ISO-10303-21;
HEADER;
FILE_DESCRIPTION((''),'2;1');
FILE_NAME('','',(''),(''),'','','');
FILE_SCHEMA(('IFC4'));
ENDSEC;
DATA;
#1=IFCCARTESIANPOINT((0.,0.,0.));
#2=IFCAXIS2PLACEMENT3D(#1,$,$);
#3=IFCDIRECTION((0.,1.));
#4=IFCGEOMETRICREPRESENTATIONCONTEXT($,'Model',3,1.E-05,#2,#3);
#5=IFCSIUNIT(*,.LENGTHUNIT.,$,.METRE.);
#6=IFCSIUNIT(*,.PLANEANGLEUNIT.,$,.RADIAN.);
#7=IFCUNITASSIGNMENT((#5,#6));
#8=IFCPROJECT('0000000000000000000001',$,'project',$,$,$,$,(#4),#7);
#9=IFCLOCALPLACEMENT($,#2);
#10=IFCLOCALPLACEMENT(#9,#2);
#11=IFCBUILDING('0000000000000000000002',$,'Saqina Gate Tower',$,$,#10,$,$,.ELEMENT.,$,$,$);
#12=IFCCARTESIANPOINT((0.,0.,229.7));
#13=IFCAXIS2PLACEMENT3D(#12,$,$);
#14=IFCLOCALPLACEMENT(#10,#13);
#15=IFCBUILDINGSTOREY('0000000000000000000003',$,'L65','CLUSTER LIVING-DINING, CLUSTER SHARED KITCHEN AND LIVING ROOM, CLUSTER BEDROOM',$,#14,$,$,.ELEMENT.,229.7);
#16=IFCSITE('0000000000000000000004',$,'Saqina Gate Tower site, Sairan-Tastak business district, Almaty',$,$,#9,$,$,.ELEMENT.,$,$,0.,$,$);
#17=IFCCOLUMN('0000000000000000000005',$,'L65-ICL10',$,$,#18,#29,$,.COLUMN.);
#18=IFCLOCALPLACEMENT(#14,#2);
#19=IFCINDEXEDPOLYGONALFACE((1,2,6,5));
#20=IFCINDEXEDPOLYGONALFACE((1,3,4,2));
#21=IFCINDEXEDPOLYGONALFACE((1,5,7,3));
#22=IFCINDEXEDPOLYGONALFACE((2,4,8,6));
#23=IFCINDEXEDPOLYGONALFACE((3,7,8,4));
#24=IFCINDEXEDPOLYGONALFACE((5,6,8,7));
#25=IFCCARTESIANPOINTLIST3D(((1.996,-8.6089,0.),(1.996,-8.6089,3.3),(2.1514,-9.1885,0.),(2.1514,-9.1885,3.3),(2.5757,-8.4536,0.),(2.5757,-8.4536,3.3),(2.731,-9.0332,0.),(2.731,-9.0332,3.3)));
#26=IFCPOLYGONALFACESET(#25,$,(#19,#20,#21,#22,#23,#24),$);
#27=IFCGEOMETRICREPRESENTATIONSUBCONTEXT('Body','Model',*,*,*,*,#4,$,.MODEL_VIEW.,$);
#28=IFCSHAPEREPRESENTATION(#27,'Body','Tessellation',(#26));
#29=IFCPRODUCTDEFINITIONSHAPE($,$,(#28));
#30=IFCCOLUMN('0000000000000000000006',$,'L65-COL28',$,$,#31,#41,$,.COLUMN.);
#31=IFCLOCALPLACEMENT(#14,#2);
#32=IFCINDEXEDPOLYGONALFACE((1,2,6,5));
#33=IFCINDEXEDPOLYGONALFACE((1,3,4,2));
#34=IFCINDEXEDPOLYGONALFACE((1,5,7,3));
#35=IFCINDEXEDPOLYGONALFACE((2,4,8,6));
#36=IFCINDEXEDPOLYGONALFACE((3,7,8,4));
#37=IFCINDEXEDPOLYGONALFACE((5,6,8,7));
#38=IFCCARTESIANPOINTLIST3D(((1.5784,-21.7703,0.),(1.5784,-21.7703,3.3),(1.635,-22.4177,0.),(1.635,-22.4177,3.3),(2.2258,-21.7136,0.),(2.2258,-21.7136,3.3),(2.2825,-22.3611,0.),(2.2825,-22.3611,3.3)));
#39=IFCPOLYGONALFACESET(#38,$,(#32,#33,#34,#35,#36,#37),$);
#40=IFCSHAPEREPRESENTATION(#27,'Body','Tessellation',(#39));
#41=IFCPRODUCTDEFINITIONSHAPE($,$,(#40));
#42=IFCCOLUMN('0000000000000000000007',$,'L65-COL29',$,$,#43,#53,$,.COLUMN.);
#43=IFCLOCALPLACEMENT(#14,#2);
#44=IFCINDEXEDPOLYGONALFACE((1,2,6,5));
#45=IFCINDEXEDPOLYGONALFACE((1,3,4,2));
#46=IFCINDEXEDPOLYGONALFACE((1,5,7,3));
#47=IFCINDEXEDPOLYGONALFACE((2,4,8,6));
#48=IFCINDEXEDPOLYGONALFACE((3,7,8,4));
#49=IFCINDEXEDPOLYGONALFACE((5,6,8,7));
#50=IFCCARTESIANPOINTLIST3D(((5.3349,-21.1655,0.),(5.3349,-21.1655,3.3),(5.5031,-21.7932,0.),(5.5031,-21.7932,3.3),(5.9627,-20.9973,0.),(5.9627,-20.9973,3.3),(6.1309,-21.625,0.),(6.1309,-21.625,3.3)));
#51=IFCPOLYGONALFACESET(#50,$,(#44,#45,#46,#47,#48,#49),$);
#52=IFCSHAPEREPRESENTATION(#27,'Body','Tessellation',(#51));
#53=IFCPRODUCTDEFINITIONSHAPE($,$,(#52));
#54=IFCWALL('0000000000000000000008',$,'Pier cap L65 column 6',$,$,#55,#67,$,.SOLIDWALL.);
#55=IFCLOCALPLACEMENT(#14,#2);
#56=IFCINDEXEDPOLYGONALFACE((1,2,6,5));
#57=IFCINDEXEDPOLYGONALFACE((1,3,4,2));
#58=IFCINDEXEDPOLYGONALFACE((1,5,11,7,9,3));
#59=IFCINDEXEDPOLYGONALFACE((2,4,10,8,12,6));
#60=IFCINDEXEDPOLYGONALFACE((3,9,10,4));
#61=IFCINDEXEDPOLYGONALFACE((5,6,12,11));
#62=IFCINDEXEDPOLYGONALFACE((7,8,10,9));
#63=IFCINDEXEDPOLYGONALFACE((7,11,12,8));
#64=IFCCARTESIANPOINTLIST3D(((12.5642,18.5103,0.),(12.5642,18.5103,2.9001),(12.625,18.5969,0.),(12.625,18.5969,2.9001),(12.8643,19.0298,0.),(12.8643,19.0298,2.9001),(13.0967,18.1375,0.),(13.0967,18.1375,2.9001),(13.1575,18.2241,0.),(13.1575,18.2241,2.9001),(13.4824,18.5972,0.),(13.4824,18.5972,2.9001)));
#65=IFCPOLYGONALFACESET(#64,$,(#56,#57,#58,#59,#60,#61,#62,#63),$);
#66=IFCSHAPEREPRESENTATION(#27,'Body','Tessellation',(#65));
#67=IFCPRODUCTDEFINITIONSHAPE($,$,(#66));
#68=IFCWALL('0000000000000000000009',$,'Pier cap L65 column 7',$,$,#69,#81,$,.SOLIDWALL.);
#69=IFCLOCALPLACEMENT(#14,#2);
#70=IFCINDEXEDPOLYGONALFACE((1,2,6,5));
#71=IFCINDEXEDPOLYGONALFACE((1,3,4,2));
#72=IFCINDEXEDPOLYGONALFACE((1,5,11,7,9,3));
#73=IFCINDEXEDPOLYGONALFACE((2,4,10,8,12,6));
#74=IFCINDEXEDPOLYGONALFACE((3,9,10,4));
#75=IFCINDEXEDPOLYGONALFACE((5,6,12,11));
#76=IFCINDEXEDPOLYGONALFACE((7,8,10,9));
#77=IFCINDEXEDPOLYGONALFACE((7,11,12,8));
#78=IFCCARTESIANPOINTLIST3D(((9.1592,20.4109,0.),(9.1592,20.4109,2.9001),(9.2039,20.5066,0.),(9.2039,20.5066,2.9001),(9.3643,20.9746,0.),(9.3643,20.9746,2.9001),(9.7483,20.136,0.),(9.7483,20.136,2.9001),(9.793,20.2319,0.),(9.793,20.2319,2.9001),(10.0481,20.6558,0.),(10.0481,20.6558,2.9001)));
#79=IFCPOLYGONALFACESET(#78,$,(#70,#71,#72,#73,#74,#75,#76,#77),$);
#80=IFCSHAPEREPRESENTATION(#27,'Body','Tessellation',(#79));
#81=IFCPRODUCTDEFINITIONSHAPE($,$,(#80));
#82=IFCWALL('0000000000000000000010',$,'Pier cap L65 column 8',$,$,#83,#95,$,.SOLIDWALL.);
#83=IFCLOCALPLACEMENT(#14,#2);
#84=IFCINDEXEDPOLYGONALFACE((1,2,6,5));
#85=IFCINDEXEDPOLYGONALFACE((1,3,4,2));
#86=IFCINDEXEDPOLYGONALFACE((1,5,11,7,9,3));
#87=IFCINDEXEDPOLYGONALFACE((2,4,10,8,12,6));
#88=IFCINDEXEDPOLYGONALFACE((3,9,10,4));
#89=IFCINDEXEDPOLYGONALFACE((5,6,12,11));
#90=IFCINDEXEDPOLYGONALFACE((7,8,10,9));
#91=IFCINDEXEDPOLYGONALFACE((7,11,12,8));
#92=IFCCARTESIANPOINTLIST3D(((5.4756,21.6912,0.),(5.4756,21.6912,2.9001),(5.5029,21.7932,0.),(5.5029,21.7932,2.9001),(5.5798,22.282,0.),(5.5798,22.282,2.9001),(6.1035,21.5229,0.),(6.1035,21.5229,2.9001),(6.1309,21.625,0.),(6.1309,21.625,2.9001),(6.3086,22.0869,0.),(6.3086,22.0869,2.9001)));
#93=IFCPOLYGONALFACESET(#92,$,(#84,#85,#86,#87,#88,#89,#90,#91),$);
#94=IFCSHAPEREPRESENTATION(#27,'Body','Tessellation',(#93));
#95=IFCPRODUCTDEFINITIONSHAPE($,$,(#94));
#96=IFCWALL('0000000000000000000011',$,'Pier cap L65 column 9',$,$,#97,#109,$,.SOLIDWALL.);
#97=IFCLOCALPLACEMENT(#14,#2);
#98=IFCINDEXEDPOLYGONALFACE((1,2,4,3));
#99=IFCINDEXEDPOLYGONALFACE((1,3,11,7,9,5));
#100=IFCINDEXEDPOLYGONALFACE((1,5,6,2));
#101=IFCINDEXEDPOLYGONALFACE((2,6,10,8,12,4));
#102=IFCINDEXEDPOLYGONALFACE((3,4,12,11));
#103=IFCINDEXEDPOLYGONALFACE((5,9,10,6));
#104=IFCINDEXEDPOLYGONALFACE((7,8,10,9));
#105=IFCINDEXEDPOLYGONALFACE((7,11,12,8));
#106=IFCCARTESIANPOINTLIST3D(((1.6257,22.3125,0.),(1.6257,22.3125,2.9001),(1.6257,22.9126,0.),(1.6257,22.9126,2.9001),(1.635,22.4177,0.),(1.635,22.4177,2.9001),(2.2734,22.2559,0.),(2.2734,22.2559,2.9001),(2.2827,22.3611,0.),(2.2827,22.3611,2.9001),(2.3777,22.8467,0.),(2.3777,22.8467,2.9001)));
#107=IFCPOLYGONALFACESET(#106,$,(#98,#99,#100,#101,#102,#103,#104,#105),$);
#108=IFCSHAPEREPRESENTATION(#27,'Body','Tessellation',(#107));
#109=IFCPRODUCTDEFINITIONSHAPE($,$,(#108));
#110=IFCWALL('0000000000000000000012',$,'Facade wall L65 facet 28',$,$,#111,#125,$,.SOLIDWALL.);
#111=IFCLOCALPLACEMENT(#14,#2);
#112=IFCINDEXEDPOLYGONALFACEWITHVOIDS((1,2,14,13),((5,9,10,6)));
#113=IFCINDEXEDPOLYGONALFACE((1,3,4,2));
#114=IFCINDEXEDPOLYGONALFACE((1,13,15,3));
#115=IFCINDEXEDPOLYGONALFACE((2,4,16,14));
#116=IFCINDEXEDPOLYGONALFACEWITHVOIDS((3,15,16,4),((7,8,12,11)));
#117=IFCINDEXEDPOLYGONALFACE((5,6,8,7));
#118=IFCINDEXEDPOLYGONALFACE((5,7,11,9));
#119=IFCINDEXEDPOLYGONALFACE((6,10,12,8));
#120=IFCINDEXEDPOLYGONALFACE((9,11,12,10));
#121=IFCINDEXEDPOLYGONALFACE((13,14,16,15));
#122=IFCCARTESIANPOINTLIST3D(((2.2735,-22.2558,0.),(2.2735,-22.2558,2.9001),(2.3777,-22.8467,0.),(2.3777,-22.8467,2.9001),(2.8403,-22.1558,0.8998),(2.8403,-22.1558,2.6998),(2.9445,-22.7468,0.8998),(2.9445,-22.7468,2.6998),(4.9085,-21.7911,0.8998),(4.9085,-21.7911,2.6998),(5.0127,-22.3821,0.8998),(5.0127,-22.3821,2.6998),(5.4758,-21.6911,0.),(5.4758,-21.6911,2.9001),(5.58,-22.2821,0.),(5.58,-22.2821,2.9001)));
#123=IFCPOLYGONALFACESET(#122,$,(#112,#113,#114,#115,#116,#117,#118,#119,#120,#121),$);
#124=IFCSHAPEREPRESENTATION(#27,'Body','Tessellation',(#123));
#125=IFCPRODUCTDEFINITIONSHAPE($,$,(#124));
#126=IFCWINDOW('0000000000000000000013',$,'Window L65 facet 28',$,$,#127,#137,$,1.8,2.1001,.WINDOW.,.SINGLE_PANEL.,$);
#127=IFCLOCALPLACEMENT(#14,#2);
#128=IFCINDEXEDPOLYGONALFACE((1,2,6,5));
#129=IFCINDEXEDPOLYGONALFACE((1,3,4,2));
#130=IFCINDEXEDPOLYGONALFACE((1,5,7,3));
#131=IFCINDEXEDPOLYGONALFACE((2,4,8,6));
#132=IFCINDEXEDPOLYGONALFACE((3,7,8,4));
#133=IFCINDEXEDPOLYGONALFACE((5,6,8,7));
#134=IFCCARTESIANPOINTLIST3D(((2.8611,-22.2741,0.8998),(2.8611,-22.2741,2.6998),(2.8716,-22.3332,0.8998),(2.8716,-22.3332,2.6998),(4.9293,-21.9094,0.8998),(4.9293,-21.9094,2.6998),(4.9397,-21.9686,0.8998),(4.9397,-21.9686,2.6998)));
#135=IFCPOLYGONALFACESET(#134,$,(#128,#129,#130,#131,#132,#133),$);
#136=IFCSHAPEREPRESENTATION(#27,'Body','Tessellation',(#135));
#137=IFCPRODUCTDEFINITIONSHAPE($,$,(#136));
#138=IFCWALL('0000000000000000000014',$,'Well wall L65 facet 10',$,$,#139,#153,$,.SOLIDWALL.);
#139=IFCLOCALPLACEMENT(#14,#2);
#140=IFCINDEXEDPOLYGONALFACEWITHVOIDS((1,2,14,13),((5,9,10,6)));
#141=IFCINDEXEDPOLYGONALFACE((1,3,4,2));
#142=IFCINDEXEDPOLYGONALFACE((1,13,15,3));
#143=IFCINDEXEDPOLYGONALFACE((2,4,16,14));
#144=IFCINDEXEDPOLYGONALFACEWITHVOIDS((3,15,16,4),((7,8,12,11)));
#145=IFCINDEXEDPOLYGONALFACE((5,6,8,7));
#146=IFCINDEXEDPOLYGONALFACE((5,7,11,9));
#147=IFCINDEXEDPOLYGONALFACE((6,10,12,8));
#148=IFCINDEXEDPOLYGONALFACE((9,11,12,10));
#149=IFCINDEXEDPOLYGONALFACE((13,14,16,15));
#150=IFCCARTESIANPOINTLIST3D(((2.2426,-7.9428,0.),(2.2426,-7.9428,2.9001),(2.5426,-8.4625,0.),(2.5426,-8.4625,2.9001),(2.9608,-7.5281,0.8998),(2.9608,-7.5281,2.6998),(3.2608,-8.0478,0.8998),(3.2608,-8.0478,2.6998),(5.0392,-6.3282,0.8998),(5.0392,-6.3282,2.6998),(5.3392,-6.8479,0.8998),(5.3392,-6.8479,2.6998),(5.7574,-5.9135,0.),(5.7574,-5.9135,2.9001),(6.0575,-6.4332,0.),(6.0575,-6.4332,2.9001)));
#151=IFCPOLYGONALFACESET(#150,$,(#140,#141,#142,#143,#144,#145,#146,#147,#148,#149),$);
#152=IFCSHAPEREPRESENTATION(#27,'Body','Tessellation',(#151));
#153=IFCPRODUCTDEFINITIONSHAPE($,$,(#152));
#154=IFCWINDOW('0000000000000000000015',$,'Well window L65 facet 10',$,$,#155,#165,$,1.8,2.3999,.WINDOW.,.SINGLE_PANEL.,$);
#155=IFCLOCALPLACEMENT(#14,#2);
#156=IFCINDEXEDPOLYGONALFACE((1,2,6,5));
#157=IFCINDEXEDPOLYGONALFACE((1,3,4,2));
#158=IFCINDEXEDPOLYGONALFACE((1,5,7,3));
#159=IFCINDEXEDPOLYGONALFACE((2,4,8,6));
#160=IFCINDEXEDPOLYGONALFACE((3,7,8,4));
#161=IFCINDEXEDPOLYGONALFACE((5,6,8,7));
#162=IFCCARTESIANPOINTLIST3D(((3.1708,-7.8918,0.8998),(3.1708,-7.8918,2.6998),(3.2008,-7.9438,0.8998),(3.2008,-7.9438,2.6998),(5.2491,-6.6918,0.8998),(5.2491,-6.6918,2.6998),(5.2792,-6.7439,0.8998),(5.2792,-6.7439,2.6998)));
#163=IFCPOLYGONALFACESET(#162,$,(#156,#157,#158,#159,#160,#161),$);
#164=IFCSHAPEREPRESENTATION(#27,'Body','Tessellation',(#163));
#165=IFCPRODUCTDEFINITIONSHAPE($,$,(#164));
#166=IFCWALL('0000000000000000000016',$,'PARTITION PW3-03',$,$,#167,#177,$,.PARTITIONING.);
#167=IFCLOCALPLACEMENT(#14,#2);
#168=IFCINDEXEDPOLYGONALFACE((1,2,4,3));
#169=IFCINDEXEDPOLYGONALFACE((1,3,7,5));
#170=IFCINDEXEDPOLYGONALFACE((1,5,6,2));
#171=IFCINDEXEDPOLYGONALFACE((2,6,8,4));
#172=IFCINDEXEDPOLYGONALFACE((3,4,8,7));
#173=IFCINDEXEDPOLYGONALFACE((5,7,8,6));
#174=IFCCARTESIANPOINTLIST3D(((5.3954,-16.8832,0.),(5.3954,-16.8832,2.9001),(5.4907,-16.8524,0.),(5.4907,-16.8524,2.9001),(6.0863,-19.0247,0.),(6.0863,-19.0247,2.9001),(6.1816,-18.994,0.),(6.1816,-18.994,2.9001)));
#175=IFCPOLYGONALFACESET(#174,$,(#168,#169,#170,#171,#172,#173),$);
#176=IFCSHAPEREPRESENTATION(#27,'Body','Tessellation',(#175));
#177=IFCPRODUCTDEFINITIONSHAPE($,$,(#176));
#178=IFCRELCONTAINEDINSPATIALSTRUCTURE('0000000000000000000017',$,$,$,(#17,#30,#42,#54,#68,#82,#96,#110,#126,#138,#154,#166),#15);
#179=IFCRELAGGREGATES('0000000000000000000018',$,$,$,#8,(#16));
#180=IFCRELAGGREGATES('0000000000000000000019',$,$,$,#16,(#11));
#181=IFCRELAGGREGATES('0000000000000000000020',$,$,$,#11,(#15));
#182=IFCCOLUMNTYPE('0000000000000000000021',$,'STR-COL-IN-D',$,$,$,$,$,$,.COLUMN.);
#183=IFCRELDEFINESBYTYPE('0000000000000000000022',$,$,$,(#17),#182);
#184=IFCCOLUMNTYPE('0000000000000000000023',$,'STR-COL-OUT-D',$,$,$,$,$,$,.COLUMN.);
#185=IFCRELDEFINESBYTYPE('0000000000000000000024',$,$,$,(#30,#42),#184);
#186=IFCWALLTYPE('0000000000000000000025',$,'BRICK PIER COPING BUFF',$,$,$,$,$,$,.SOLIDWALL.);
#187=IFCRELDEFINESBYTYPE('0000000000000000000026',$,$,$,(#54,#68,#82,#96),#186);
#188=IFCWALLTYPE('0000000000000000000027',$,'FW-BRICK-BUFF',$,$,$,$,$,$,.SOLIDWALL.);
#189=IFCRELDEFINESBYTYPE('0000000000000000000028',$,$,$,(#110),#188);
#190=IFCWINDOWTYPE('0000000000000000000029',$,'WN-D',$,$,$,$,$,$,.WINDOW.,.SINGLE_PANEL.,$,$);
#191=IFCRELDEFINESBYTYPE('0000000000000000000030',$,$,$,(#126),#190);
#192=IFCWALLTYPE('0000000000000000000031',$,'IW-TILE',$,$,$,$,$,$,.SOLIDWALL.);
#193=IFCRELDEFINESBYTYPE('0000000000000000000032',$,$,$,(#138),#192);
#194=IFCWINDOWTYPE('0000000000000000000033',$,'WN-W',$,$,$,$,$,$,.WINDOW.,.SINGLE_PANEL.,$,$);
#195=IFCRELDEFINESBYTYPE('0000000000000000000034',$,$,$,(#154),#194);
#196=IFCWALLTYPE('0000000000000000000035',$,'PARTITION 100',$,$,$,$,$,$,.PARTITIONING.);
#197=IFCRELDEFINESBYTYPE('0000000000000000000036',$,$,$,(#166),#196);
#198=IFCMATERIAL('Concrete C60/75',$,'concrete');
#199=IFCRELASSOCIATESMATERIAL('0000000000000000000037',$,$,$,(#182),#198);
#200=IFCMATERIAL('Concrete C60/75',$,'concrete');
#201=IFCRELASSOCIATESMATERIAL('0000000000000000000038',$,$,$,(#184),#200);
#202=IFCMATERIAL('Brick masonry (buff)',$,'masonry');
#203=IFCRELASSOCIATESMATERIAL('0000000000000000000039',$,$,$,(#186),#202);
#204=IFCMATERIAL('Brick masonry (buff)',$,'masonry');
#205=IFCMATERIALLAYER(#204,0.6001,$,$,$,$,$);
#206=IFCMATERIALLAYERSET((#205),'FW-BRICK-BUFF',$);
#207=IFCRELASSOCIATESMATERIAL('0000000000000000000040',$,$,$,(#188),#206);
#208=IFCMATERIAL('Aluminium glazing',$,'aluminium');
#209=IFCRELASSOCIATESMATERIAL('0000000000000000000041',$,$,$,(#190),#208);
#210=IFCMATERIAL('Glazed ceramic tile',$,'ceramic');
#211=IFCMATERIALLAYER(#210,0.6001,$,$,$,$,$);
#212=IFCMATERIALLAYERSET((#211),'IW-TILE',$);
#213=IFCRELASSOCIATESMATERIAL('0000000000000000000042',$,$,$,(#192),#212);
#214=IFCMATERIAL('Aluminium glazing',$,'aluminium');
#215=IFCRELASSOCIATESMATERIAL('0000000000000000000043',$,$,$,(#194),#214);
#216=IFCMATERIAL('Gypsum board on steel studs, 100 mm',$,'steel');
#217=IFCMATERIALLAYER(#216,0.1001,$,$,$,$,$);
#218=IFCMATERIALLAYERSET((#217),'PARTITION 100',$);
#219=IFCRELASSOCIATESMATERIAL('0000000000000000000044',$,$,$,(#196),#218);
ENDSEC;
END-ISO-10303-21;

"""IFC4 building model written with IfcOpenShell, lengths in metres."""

from ifc_helpers import new_model, si_unit, direction, frame, frame_2d, origin, origin_2d, place, context, subcontext, project, spatial, polyline, rectangle, outline, extrude, material, layer, layer_set, material_profile, profile_set, type_object, element, fill, save


model = new_model("IFC4")

# Units and contexts
model_context = context("Model", 3, precision=1e-05, world=origin(), true_north=direction((0.0, 1.0)))
body_context = subcontext(model_context, "Body", "Model", "MODEL_VIEW")
ifc_project = project(units=[si_unit("LENGTHUNIT", "METRE"), si_unit("PLANEANGLEUNIT", "RADIAN")], contexts=[model_context])

# Site, building, storey
site_placement = place(None, origin())
site = spatial("IfcSite", under=ifc_project, at=site_placement, Name="Saqina Gate Tower site, Sairan-Tastak business district, Almaty", CompositionType="ELEMENT", RefElevation=0.0)
building_placement = place(site_placement, origin())
building = spatial("IfcBuilding", under=site, at=building_placement, Name="Saqina Gate Tower", CompositionType="ELEMENT")
storey_placement = place(building_placement, frame((0.0, 0.0, 229.7)))
storey = spatial("IfcBuildingStorey", under=building, at=storey_placement, Name="L65", Description="CLUSTER LIVING-DINING, CLUSTER SHARED KITCHEN AND LIVING ROOM, CLUSTER BEDROOM", CompositionType="ELEMENT", Elevation=229.7)

# Columns
ifc_material_1 = material(Name="Concrete C60/75", Category="concrete")
ifc_material_profile_1 = material_profile(ifc_material_1, rectangle(XDim=0.6001, YDim=0.6001, at=origin_2d()), Name="RC 600x600")
ifc_profile_set_1 = profile_set([ifc_material_profile_1], Name="Concrete C60/75")
column_type_1 = type_object("IfcColumnType", Name="STR-COL-IN-D", PredefinedType="COLUMN", material=ifc_profile_set_1)
column_placement = place(storey_placement, frame((2.3635, -8.821, 0.0), z_axis=(0.0, 0.0, 1.0), x_axis=(0.258819, -0.965926, 0.0)))
element("IfcColumn", 1, at=column_placement, inside=storey, type_object=column_type_1, Name="L65-ICL10", PredefinedType="COLUMN", context=body_context, shape_type="SweptSolid", body=[
    extrude(rectangle(XDim=0.6001, YDim=0.6001, at=origin_2d()), origin(), (0.0, 0.0, 1.0), 3.3),
])
ifc_material_2 = material(Name="Concrete C60/75", Category="concrete")
ifc_material_profile_2 = material_profile(ifc_material_2, rectangle(XDim=0.6499, YDim=0.6499, at=origin_2d()), Name="RC 650x650")
ifc_profile_set_2 = profile_set([ifc_material_profile_2], Name="Concrete C60/75")
column_type_2 = type_object("IfcColumnType", Name="STR-COL-OUT-D", PredefinedType="COLUMN", material=ifc_profile_set_2)
for number, where, z_axis, x_axis, name in (
    (2, (1.9304, -22.0657, 0.0), (0.0, 0.0, 1.0), (0.087156, -0.996195, 0.0), "L65-COL28"),
    (3, (5.7329, -21.3953, 0.0), (0.0, 0.0, 1.0), (0.258819, -0.965926, 0.0), "L65-COL29"),
):
    element("IfcColumn", number, at=place(storey_placement, frame(where, z_axis=z_axis, x_axis=x_axis)), inside=storey, type_object=column_type_2, Name=name, PredefinedType="COLUMN", context=body_context, shape_type="SweptSolid", body=[
        extrude(rectangle(XDim=0.6499, YDim=0.6499, at=origin_2d()), origin(), (0.0, 0.0, 1.0), 3.3),
    ])

# Walls
ifc_material_3 = material(Name="Brick masonry (buff)", Category="masonry")
wall_type_1 = type_object("IfcWallType", Name="BRICK PIER COPING BUFF", PredefinedType="SOLIDWALL", material=ifc_material_3)
wall_1_placement = place(storey_placement, origin())
element("IfcWall", 4, at=wall_1_placement, inside=storey, type_object=wall_type_1, Name="Pier cap L65 column 6", PredefinedType="SOLIDWALL", context=body_context, shape_type="SweptSolid", body=[
    extrude(outline(polyline([(12.8643, 19.0298), (12.5642, 18.5103), (12.625, 18.5969), (13.1575, 18.2241), (13.0967, 18.1375), (13.4824, 18.5972), (12.8643, 19.0298)])), origin(), (0.0, 0.0, 1.0), 2.9001),
])
wall_2_placement = place(storey_placement, origin())
element("IfcWall", 5, at=wall_2_placement, inside=storey, type_object=wall_type_1, Name="Pier cap L65 column 7", PredefinedType="SOLIDWALL", context=body_context, shape_type="SweptSolid", body=[
    extrude(outline(polyline([(10.0481, 20.6558), (9.3643, 20.9746), (9.1592, 20.4109), (9.2039, 20.5066), (9.793, 20.2319), (9.7483, 20.136), (10.0481, 20.6558)])), origin(), (0.0, 0.0, 1.0), 2.9001),
])
wall_3_placement = place(storey_placement, origin())
element("IfcWall", 6, at=wall_3_placement, inside=storey, type_object=wall_type_1, Name="Pier cap L65 column 8", PredefinedType="SOLIDWALL", context=body_context, shape_type="SweptSolid", body=[
    extrude(outline(polyline([(5.5798, 22.282), (5.4756, 21.6912), (5.5029, 21.7932), (6.1309, 21.625), (6.1035, 21.5229), (6.3086, 22.0869), (5.5798, 22.282)])), origin(), (0.0, 0.0, 1.0), 2.9001),
])
wall_4_placement = place(storey_placement, origin())
element("IfcWall", 7, at=wall_4_placement, inside=storey, type_object=wall_type_1, Name="Pier cap L65 column 9", PredefinedType="SOLIDWALL", context=body_context, shape_type="SweptSolid", body=[
    extrude(outline(polyline([(2.3777, 22.8467), (1.6257, 22.9126), (1.6257, 22.3125), (1.635, 22.4177), (2.2827, 22.3611), (2.2734, 22.2559), (2.3777, 22.8467)])), origin(), (0.0, 0.0, 1.0), 2.9001),
])

# Walls, openings, windows
ifc_material_4 = material(Name="Brick masonry (buff)", Category="masonry")
ifc_layer_1 = layer(ifc_material_4, 0.6001)
ifc_layer_set_1 = layer_set([ifc_layer_1], Name="FW-BRICK-BUFF")
wall_type_2 = type_object("IfcWallType", Name="FW-BRICK-BUFF", PredefinedType="SOLIDWALL", material=ifc_layer_set_1)
wall_5_placement = place(storey_placement, frame((2.3254, -22.5513, 0.0), z_axis=(0.0, 0.0, 1.0), x_axis=(0.984806, 0.173657, 0.0)))
wall_5 = element("IfcWall", 8, at=wall_5_placement, inside=storey, type_object=wall_type_2, Name="Facade wall L65 facet 28", PredefinedType="SOLIDWALL", context=body_context, shape_type="SweptSolid", body=[
    extrude(rectangle(XDim=3.2517, YDim=0.6001, at=frame_2d((1.626, 0.0))), origin(), (0.0, 0.0, 1.0), 2.9001),
])
opening_1_placement = place(wall_5_placement, frame((0.5757, 0.0, 0.8999)))
opening_1 = element("IfcOpeningElement", 9, at=opening_1_placement, cuts=wall_5, PredefinedType="OPENING", context=body_context, shape_type="SweptSolid", body=[
    extrude(rectangle(XDim=2.1001, YDim=1.8, at=frame_2d((1.05, 0.8999))), frame((0.0, 0.312, 0.0), z_axis=(0.0, -1.0, 0.0), x_axis=(1.0, 0.0, 0.0)), (0.0, 0.0, 1.0), 0.624),
])
ifc_material_5 = material(Name="Aluminium glazing", Category="aluminium")
window_type_1 = type_object("IfcWindowType", Name="WN-D", PartitioningType="SINGLE_PANEL", PredefinedType="WINDOW", material=ifc_material_5)
window_1_placement = place(opening_1_placement, origin())
window_1 = element("IfcWindow", 10, at=window_1_placement, inside=storey, type_object=window_type_1, Name="Window L65 facet 28", OverallHeight=1.8, OverallWidth=2.1001, PartitioningType="SINGLE_PANEL", PredefinedType="WINDOW", context=body_context, shape_type="SweptSolid", body=[
    extrude(rectangle(XDim=2.1001, YDim=1.8, at=frame_2d((1.05, 0.8999))), frame((0.0, 0.1799, 0.0), z_axis=(0.0, -1.0, 0.0), x_axis=(1.0, 0.0, 0.0)), (0.0, 0.0, 1.0), 0.0601),
])
fill(opening_1, window_1)
ifc_material_6 = material(Name="Glazed ceramic tile", Category="ceramic")
ifc_layer_2 = layer(ifc_material_6, 0.6001)
ifc_layer_set_2 = layer_set([ifc_layer_2], Name="IW-TILE")
wall_type_3 = type_object("IfcWallType", Name="IW-TILE", PredefinedType="SOLIDWALL", material=ifc_layer_set_2)
wall_6_placement = place(storey_placement, frame((2.3926, -8.2026, 0.0), z_axis=(0.0, 0.0, 1.0), x_axis=(0.866028, 0.499995, 0.0)))
wall_6 = element("IfcWall", 11, at=wall_6_placement, inside=storey, type_object=wall_type_3, Name="Well wall L65 facet 10", PredefinedType="SOLIDWALL", context=body_context, shape_type="SweptSolid", body=[
    extrude(rectangle(XDim=4.0586, YDim=0.6001, at=frame_2d((2.0293, 0.0))), origin(), (0.0, 0.0, 1.0), 2.9001),
])
opening_2_placement = place(wall_6_placement, frame((0.8293, 0.0, 0.8999)))
opening_2 = element("IfcOpeningElement", 12, at=opening_2_placement, cuts=wall_6, PredefinedType="OPENING", context=body_context, shape_type="SweptSolid", body=[
    extrude(rectangle(XDim=2.3999, YDim=1.8, at=frame_2d((1.2, 0.8999))), frame((0.0, 0.312, 0.0), z_axis=(0.0, -1.0, 0.0), x_axis=(1.0, 0.0, 0.0)), (0.0, 0.0, 1.0), 0.624),
])
ifc_material_7 = material(Name="Aluminium glazing", Category="aluminium")
window_type_2 = type_object("IfcWindowType", Name="WN-W", PartitioningType="SINGLE_PANEL", PredefinedType="WINDOW", material=ifc_material_7)
window_2_placement = place(opening_2_placement, origin())
window_2 = element("IfcWindow", 13, at=window_2_placement, inside=storey, type_object=window_type_2, Name="Well window L65 facet 10", OverallHeight=1.8, OverallWidth=2.3999, PartitioningType="SINGLE_PANEL", PredefinedType="WINDOW", context=body_context, shape_type="SweptSolid", body=[
    extrude(rectangle(XDim=2.3999, YDim=1.8, at=frame_2d((1.2, 0.8999))), frame((0.0, -0.1199, 0.0), z_axis=(0.0, -1.0, 0.0), x_axis=(1.0, 0.0, 0.0)), (0.0, 0.0, 1.0), 0.0601),
])
fill(opening_2, window_2)

# Wall
ifc_material_8 = material(Name="Gypsum board on steel studs, 100 mm", Category="steel")
ifc_layer_3 = layer(ifc_material_8, 0.1001)
ifc_layer_set_3 = layer_set([ifc_layer_3], Name="PARTITION 100")
wall_type_4 = type_object("IfcWallType", Name="PARTITION 100", PredefinedType="PARTITIONING", material=ifc_layer_set_3)
wall_7_placement = place(storey_placement, frame((5.4431, -16.8679, 0.0), z_axis=(0.0, 0.0, 1.0), x_axis=(0.307034, -0.951698, 0.0)))
element("IfcWall", 14, at=wall_7_placement, inside=storey, type_object=wall_type_4, Name="PARTITION PW3-03", PredefinedType="PARTITIONING", context=body_context, shape_type="SweptSolid", body=[
    extrude(rectangle(XDim=2.2502, YDim=0.1001, at=frame_2d((1.125, 0.0))), origin(), (0.0, 0.0, 1.0), 2.9001),
])

save(model, "model.ifc")
